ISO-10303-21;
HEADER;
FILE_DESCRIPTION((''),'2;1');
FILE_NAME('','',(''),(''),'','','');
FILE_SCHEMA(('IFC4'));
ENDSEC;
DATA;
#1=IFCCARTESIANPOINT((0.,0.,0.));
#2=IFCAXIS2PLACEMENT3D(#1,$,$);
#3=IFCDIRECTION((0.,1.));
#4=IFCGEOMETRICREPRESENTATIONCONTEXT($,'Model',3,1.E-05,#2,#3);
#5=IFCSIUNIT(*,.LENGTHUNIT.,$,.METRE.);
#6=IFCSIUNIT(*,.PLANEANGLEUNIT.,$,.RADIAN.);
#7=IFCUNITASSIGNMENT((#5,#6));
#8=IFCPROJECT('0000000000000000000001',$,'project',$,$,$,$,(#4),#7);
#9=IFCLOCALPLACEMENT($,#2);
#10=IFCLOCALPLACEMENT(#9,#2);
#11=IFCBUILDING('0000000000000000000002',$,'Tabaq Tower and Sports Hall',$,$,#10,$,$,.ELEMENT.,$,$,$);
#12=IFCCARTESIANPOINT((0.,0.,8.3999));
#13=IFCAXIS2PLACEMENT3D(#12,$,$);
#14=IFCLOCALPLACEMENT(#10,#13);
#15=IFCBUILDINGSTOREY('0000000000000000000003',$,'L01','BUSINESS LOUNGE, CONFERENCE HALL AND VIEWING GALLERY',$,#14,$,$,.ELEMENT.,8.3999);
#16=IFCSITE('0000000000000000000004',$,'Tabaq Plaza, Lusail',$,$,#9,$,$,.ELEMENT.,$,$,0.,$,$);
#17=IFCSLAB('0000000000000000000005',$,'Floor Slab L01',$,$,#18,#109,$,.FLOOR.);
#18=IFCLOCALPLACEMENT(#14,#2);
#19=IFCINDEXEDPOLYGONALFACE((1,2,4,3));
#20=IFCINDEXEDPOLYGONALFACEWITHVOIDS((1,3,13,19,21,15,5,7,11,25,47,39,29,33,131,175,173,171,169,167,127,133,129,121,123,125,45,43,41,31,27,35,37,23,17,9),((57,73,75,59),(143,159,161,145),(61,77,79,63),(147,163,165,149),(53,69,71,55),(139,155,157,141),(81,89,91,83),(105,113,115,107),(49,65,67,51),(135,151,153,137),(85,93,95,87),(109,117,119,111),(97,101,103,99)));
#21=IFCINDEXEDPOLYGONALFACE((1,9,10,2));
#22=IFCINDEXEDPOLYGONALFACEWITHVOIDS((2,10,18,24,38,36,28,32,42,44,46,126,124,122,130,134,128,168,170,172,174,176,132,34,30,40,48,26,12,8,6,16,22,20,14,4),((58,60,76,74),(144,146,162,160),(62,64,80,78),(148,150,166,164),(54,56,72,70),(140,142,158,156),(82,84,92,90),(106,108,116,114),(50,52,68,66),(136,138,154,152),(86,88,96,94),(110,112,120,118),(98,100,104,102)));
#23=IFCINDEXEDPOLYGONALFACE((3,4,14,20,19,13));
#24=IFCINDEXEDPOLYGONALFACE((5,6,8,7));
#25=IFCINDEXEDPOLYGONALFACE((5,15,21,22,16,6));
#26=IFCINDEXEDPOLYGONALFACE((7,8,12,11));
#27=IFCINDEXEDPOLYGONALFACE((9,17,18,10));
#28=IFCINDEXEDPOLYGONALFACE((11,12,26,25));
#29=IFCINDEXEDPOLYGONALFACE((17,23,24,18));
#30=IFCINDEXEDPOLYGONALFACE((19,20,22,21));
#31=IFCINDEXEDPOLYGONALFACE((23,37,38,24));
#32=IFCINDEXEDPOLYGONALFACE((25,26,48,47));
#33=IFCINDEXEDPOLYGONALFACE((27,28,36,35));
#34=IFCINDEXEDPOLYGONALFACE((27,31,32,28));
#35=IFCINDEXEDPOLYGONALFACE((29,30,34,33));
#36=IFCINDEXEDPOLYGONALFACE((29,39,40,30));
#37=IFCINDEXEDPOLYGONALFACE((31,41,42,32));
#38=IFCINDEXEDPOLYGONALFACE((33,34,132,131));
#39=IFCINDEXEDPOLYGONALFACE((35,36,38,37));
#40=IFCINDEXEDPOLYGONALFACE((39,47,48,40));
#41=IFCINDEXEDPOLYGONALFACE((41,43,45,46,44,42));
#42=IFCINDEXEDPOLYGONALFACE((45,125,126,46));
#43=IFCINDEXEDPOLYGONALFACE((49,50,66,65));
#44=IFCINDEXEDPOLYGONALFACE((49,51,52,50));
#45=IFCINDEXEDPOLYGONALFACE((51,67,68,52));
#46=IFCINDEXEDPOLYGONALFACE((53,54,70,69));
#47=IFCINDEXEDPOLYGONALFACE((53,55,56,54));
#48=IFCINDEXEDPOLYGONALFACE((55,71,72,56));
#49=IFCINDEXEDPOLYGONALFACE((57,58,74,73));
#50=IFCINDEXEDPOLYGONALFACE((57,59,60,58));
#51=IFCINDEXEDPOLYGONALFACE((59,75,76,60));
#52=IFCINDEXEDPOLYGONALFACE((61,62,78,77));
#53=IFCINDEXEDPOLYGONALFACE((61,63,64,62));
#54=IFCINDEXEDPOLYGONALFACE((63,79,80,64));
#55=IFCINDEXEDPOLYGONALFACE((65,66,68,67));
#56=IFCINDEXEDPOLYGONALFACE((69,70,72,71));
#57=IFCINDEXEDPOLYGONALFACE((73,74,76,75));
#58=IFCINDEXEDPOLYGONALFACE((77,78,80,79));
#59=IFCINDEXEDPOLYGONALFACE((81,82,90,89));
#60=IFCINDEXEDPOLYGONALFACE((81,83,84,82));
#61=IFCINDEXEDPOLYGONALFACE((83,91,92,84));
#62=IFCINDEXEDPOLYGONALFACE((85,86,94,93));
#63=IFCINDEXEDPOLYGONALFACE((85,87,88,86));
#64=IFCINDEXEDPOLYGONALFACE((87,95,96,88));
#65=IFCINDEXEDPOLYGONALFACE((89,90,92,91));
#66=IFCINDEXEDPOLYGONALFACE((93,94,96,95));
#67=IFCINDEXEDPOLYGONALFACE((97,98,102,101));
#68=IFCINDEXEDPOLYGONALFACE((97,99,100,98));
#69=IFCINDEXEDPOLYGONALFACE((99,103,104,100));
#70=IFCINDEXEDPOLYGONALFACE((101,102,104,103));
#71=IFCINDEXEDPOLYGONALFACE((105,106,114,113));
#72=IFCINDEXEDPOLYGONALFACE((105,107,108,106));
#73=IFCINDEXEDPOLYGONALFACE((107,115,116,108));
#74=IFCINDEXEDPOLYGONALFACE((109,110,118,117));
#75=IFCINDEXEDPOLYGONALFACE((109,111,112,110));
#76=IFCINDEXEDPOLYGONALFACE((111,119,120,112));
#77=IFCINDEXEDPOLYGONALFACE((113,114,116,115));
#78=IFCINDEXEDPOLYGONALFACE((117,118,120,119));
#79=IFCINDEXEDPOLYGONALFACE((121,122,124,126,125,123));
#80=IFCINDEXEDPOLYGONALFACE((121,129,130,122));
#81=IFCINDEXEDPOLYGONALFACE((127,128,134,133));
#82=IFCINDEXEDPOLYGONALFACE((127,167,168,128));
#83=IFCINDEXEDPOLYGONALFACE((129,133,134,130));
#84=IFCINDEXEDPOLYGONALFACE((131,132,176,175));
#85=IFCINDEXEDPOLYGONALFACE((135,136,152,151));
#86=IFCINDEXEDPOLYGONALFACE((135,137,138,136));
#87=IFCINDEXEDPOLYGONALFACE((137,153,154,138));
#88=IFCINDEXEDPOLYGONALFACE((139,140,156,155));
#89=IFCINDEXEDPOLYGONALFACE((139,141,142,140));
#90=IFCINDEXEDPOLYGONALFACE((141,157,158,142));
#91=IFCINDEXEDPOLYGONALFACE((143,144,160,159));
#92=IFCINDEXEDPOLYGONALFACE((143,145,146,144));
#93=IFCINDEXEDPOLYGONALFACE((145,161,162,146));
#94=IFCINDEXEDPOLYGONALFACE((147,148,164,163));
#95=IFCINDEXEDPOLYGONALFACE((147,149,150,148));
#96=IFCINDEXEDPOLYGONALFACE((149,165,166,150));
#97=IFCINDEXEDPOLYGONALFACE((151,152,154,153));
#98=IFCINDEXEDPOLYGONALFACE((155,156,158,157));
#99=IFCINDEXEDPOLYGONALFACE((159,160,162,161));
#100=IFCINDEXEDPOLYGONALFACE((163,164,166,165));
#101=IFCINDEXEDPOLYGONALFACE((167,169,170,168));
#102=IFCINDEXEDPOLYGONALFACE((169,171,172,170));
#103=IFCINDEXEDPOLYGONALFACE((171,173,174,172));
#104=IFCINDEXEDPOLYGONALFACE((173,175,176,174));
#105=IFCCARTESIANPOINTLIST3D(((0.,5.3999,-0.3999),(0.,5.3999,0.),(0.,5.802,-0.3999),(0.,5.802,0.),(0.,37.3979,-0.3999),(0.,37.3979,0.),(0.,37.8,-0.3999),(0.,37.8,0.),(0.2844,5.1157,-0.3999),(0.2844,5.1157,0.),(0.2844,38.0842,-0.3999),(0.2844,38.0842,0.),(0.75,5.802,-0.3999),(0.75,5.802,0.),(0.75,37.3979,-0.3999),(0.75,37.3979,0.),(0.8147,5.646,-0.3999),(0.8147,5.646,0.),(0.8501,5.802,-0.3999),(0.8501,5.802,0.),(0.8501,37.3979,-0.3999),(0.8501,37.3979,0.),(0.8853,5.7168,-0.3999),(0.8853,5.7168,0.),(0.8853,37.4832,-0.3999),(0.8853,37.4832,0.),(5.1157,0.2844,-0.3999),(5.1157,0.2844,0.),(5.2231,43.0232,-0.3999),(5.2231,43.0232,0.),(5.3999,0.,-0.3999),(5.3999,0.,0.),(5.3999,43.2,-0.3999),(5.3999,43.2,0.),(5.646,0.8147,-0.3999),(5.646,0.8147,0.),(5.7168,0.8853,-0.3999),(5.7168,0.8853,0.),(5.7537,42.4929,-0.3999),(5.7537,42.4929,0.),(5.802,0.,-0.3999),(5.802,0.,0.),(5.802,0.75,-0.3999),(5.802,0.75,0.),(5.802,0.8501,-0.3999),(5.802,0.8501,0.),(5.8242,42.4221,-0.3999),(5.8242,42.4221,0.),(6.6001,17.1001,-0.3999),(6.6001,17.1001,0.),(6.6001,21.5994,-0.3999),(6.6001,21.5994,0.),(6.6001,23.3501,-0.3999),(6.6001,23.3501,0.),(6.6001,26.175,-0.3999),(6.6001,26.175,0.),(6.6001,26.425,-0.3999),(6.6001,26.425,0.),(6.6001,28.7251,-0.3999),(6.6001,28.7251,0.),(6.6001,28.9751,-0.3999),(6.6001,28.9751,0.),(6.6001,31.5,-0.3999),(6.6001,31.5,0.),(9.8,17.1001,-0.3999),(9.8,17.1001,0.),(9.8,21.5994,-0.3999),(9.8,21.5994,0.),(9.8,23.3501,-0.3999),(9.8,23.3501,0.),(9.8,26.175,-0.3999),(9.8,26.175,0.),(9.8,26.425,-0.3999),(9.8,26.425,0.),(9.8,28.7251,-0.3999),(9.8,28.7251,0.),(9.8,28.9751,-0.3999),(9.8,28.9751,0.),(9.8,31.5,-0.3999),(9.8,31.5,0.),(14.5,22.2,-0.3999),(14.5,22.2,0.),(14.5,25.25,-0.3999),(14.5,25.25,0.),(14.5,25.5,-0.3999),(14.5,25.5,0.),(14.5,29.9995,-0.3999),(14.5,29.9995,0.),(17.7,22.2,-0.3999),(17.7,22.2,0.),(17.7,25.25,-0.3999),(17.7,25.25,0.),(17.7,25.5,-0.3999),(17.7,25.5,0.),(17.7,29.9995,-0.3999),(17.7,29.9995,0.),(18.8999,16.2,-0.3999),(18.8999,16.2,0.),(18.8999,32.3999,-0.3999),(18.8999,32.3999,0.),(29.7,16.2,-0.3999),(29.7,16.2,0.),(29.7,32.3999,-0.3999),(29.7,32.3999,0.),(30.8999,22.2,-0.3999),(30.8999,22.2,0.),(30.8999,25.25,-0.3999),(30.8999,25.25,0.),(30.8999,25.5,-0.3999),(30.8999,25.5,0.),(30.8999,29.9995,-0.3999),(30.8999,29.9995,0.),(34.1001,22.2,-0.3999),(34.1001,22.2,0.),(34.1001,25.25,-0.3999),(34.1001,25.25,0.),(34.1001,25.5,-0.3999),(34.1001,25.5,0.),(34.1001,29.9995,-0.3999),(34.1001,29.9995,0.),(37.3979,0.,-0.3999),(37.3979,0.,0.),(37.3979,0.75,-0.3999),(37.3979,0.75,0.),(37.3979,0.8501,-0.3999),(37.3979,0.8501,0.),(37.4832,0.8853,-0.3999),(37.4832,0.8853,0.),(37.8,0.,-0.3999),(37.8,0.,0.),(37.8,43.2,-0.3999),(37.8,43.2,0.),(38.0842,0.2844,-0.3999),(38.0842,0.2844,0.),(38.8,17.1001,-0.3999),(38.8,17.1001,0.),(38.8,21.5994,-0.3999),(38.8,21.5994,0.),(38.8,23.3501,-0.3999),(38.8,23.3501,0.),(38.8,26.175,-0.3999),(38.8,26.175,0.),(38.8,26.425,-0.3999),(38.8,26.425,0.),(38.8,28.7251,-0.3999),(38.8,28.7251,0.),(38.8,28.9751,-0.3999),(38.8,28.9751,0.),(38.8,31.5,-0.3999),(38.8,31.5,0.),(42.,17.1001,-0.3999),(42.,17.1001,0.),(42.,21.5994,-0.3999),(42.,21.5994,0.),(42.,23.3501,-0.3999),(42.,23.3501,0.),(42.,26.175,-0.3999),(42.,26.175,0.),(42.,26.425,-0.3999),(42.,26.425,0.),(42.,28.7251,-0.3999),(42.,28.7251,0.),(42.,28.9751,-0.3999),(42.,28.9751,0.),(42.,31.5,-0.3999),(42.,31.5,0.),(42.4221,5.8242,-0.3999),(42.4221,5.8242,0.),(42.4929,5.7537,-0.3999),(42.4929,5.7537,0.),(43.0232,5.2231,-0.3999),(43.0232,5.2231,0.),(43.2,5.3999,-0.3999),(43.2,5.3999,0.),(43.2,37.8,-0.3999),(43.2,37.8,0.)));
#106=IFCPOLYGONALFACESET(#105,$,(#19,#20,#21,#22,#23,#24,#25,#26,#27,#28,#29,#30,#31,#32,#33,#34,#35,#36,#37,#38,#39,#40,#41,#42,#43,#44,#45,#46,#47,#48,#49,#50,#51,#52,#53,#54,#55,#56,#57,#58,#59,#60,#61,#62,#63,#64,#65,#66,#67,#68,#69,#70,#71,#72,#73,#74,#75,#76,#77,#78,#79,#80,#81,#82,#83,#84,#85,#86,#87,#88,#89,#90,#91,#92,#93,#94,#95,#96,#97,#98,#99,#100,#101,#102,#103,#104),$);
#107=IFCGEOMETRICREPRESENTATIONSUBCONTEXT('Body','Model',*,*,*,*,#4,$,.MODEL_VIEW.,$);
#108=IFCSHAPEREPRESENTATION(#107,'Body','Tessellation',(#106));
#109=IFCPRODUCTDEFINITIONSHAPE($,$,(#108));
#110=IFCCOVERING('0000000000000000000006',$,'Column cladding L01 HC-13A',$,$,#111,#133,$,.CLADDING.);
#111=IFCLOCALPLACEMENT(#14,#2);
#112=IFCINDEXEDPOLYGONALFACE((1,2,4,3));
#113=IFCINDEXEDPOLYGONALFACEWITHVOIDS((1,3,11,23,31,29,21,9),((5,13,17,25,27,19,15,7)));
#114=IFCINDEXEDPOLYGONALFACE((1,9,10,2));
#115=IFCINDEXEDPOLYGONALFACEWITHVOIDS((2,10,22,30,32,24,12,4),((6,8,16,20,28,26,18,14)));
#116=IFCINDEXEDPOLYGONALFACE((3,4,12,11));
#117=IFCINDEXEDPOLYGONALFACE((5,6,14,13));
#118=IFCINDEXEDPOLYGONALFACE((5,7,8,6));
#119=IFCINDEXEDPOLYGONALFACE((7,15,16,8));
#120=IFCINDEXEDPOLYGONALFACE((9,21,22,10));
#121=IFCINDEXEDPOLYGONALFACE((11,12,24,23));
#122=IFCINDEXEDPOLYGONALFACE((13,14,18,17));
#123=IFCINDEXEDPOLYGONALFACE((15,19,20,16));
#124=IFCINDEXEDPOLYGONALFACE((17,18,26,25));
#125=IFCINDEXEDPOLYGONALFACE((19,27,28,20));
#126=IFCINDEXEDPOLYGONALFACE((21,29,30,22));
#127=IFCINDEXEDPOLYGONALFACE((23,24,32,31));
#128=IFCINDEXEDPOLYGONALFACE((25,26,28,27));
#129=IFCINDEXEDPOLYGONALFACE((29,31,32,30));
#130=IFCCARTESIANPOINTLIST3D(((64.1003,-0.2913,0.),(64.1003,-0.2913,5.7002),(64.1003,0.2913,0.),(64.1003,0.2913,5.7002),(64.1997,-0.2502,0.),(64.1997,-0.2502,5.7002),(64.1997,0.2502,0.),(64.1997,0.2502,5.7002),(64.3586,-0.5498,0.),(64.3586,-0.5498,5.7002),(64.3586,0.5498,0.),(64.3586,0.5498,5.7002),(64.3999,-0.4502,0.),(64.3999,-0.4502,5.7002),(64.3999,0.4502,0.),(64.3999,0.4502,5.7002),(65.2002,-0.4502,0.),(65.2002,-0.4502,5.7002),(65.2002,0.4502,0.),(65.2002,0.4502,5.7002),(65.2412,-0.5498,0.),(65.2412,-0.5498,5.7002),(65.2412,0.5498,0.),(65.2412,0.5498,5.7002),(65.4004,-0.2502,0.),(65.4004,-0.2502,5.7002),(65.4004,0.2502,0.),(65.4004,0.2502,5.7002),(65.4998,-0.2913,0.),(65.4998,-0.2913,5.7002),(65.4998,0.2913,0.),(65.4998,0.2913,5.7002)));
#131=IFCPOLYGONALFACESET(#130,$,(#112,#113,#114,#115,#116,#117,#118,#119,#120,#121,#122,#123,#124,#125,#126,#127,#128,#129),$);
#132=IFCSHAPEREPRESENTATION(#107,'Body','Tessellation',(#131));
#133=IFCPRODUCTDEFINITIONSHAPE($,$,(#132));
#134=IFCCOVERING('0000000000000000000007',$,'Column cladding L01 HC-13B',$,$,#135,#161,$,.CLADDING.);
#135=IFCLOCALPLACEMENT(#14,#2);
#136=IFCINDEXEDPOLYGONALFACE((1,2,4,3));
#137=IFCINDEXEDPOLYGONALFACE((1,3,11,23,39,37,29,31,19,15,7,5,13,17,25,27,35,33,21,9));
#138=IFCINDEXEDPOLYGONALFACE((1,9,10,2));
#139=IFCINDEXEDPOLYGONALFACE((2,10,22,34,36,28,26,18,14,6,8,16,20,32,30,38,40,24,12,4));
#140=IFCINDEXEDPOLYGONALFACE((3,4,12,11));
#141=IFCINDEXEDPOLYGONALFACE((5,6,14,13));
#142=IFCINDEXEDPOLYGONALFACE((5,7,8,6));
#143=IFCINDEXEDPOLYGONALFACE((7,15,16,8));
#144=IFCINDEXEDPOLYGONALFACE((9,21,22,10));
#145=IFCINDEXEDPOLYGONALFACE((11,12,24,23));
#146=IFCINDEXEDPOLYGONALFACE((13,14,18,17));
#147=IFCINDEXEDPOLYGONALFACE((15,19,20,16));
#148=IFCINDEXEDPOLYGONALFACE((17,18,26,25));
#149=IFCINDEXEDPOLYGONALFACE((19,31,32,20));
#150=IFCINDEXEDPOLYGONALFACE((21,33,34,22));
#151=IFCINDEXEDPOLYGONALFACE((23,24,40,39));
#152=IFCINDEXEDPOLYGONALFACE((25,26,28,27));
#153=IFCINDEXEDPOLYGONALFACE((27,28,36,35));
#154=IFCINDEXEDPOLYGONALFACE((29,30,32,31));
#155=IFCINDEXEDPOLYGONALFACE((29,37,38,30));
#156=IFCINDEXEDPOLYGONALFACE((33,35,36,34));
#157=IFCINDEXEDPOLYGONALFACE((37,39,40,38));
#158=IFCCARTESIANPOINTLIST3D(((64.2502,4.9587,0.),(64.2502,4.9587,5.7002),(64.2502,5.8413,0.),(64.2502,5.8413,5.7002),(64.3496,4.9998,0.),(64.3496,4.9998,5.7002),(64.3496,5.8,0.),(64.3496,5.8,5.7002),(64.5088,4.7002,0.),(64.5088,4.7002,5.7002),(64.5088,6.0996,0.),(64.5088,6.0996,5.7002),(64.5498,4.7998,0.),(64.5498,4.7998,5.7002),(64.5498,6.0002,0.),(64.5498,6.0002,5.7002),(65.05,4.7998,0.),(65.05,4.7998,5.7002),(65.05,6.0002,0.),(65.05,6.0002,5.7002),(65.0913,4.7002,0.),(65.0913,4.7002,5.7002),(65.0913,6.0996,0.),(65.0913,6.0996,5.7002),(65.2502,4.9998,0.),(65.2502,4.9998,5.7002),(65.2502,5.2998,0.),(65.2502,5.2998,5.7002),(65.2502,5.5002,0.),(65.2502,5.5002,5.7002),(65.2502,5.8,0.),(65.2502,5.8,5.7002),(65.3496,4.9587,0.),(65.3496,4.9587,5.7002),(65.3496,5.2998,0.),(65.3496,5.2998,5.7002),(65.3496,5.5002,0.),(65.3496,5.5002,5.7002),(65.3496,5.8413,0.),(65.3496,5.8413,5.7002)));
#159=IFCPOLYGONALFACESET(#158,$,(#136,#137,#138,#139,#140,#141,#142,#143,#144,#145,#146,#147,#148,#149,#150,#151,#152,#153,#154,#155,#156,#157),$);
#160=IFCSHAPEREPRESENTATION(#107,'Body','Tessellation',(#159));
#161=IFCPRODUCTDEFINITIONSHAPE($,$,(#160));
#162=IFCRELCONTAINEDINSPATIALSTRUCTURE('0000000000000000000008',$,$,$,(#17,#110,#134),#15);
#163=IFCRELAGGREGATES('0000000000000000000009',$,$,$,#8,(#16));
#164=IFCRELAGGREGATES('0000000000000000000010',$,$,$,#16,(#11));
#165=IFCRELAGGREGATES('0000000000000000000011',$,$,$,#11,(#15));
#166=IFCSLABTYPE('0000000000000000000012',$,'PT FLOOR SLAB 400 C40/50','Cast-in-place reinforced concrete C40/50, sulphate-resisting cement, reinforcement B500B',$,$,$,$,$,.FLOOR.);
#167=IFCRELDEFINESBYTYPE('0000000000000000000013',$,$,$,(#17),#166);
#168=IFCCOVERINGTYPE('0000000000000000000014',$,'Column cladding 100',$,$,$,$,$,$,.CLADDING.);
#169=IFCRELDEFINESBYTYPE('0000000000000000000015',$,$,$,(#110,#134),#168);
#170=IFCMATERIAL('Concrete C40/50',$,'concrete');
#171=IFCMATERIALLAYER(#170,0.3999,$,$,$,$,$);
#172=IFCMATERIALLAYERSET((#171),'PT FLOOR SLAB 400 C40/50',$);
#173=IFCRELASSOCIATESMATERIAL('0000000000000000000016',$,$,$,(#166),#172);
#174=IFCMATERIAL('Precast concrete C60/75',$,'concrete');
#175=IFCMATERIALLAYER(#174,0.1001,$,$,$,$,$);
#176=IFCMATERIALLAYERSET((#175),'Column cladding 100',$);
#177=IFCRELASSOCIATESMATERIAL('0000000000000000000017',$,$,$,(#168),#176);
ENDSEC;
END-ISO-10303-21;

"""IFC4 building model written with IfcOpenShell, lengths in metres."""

from ifc_helpers import new_model, si_unit, direction, frame, origin, place, context, subcontext, project, spatial, polyline, outline, extrude, material, layer, layer_set, type_object, element, save


model = new_model("IFC4")

# Units and contexts
model_context = context("Model", 3, precision=1e-05, world=origin(), true_north=direction((0.0, 1.0)))
body_context = subcontext(model_context, "Body", "Model", "MODEL_VIEW")
ifc_project = project(units=[si_unit("LENGTHUNIT", "METRE"), si_unit("PLANEANGLEUNIT", "RADIAN")], contexts=[model_context])

# Site, building, storey
site_placement = place(None, origin())
site = spatial("IfcSite", under=ifc_project, at=site_placement, Name="Tabaq Plaza, Lusail", CompositionType="ELEMENT", RefElevation=0.0)
building_placement = place(site_placement, origin())
building = spatial("IfcBuilding", under=site, at=building_placement, Name="Tabaq Tower and Sports Hall", CompositionType="ELEMENT")
storey_placement = place(building_placement, frame((0.0, 0.0, 8.3999)))
storey = spatial("IfcBuildingStorey", under=building, at=storey_placement, Name="L01", Description="BUSINESS LOUNGE, CONFERENCE HALL AND VIEWING GALLERY", CompositionType="ELEMENT", Elevation=8.3999)

# Slab
ifc_material_1 = material(Name="Concrete C40/50", Category="concrete")
ifc_layer_1 = layer(ifc_material_1, 0.3999)
ifc_layer_set_1 = layer_set([ifc_layer_1], Name="PT FLOOR SLAB 400 C40/50")
slab_type_1 = type_object("IfcSlabType", Name="PT FLOOR SLAB 400 C40/50", Description="Cast-in-place reinforced concrete C40/50, sulphate-resisting cement, reinforcement B500B", PredefinedType="FLOOR", material=ifc_layer_set_1)
slab_1_placement = place(storey_placement, frame((0.0, 0.0, -0.3999)))
element("IfcSlab", 1, at=slab_1_placement, inside=storey, type_object=slab_type_1, Name="Floor Slab L01", PredefinedType="FLOOR", context=body_context, shape_type="SweptSolid", body=[
    extrude(outline(polyline([(0.0, 5.802), (0.0, 5.3999), (0.2844, 5.1157), (0.8147, 5.646), (0.8853, 5.7168), (5.7168, 0.8853), (5.646, 0.8147), (5.1157, 0.2844), (5.3999, 0.0), (5.802, 0.0), (5.802, 0.75), (5.802, 0.8501), (37.3979, 0.8501), (37.3979, 0.75), (37.3979, 0.0), (37.8, 0.0), (38.0842, 0.2844), (37.4832, 0.8853), (42.4221, 5.8242), (42.4929, 5.7537), (43.0232, 5.2231), (43.2, 5.3999), (43.2, 37.8), (37.8, 43.2), (5.3999, 43.2), (5.2231, 43.0232), (5.7537, 42.4929), (5.8242, 42.4221), (0.8853, 37.4832), (0.2844, 38.0842), (0.0, 37.8), (0.0, 37.3979), (0.75, 37.3979), (0.8501, 37.3979), (0.8501, 5.802), (0.75, 5.802), (0.0, 5.802)]), holes=[polyline([(6.6001, 21.5994), (9.8, 21.5994), (9.8, 17.1001), (6.6001, 17.1001), (6.6001, 21.5994)]), polyline([(17.7, 25.25), (17.7, 22.2), (14.5, 22.2), (14.5, 25.25), (17.7, 25.25)]), polyline([(18.8999, 32.3999), (29.7, 32.3999), (29.7, 16.2), (18.8999, 16.2), (18.8999, 32.3999)]), polyline([(6.6001, 26.175), (9.8, 26.175), (9.8, 23.3501), (6.6001, 23.3501), (6.6001, 26.175)]), polyline([(9.8, 28.7251), (9.8, 26.425), (6.6001, 26.425), (6.6001, 28.7251), (9.8, 28.7251)]), polyline([(17.7, 29.9995), (17.7, 25.5), (14.5, 25.5), (14.5, 29.9995), (17.7, 29.9995)]), polyline([(6.6001, 31.5), (9.8, 31.5), (9.8, 28.9751), (6.6001, 28.9751), (6.6001, 31.5)]), polyline([(42.0, 21.5994), (42.0, 17.1001), (38.8, 17.1001), (38.8, 21.5994), (42.0, 21.5994)]), polyline([(34.1001, 25.25), (34.1001, 22.2), (30.8999, 22.2), (30.8999, 25.25), (34.1001, 25.25)]), polyline([(42.0, 26.175), (42.0, 23.3501), (38.8, 23.3501), (38.8, 26.175), (42.0, 26.175)]), polyline([(42.0, 28.7251), (42.0, 26.425), (38.8, 26.425), (38.8, 28.7251), (42.0, 28.7251)]), polyline([(34.1001, 29.9995), (34.1001, 25.5), (30.8999, 25.5), (30.8999, 29.9995), (34.1001, 29.9995)]), polyline([(42.0, 31.5), (42.0, 28.9751), (38.8, 28.9751), (38.8, 31.5), (42.0, 31.5)])]), origin(), (0.0, 0.0, 1.0), 0.3999),
])

# Coverings
ifc_material_2 = material(Name="Precast concrete C60/75", Category="concrete")
ifc_layer_2 = layer(ifc_material_2, 0.1001)
ifc_layer_set_2 = layer_set([ifc_layer_2], Name="Column cladding 100")
covering_type = type_object("IfcCoveringType", Name="Column cladding 100", PredefinedType="CLADDING", material=ifc_layer_set_2)
covering_1_placement = place(storey_placement, origin())
element("IfcCovering", 2, at=covering_1_placement, inside=storey, type_object=covering_type, Name="Column cladding L01 HC-13A", PredefinedType="CLADDING", context=body_context, shape_type="SweptSolid", body=[
    extrude(outline(polyline([(64.1003, -0.2913), (64.1003, 0.2913), (64.3586, 0.5498), (65.2412, 0.5498), (65.4998, 0.2913), (65.4998, -0.2913), (65.2412, -0.5498), (64.3586, -0.5498), (64.1003, -0.2913)]), holes=[polyline([(65.2002, -0.4502), (65.4004, -0.2502), (65.4004, 0.2502), (65.2002, 0.4502), (64.3999, 0.4502), (64.1997, 0.2502), (64.1997, -0.2502), (64.3999, -0.4502), (65.2002, -0.4502)])]), origin(), (0.0, 0.0, 1.0), 5.7002),
])
covering_2_placement = place(storey_placement, origin())
element("IfcCovering", 3, at=covering_2_placement, inside=storey, type_object=covering_type, Name="Column cladding L01 HC-13B", PredefinedType="CLADDING", context=body_context, shape_type="SweptSolid", body=[
    extrude(outline(polyline([(64.5088, 4.7002), (64.2502, 4.9587), (64.2502, 5.8413), (64.5088, 6.0996), (65.0913, 6.0996), (65.3496, 5.8413), (65.3496, 5.5002), (65.2502, 5.5002), (65.2502, 5.8), (65.05, 6.0002), (64.5498, 6.0002), (64.3496, 5.8), (64.3496, 4.9998), (64.5498, 4.7998), (65.05, 4.7998), (65.2502, 4.9998), (65.2502, 5.2998), (65.3496, 5.2998), (65.3496, 4.9587), (65.0913, 4.7002), (64.5088, 4.7002)])), origin(), (0.0, 0.0, 1.0), 5.7002),
])

save(model, "model.ifc")
